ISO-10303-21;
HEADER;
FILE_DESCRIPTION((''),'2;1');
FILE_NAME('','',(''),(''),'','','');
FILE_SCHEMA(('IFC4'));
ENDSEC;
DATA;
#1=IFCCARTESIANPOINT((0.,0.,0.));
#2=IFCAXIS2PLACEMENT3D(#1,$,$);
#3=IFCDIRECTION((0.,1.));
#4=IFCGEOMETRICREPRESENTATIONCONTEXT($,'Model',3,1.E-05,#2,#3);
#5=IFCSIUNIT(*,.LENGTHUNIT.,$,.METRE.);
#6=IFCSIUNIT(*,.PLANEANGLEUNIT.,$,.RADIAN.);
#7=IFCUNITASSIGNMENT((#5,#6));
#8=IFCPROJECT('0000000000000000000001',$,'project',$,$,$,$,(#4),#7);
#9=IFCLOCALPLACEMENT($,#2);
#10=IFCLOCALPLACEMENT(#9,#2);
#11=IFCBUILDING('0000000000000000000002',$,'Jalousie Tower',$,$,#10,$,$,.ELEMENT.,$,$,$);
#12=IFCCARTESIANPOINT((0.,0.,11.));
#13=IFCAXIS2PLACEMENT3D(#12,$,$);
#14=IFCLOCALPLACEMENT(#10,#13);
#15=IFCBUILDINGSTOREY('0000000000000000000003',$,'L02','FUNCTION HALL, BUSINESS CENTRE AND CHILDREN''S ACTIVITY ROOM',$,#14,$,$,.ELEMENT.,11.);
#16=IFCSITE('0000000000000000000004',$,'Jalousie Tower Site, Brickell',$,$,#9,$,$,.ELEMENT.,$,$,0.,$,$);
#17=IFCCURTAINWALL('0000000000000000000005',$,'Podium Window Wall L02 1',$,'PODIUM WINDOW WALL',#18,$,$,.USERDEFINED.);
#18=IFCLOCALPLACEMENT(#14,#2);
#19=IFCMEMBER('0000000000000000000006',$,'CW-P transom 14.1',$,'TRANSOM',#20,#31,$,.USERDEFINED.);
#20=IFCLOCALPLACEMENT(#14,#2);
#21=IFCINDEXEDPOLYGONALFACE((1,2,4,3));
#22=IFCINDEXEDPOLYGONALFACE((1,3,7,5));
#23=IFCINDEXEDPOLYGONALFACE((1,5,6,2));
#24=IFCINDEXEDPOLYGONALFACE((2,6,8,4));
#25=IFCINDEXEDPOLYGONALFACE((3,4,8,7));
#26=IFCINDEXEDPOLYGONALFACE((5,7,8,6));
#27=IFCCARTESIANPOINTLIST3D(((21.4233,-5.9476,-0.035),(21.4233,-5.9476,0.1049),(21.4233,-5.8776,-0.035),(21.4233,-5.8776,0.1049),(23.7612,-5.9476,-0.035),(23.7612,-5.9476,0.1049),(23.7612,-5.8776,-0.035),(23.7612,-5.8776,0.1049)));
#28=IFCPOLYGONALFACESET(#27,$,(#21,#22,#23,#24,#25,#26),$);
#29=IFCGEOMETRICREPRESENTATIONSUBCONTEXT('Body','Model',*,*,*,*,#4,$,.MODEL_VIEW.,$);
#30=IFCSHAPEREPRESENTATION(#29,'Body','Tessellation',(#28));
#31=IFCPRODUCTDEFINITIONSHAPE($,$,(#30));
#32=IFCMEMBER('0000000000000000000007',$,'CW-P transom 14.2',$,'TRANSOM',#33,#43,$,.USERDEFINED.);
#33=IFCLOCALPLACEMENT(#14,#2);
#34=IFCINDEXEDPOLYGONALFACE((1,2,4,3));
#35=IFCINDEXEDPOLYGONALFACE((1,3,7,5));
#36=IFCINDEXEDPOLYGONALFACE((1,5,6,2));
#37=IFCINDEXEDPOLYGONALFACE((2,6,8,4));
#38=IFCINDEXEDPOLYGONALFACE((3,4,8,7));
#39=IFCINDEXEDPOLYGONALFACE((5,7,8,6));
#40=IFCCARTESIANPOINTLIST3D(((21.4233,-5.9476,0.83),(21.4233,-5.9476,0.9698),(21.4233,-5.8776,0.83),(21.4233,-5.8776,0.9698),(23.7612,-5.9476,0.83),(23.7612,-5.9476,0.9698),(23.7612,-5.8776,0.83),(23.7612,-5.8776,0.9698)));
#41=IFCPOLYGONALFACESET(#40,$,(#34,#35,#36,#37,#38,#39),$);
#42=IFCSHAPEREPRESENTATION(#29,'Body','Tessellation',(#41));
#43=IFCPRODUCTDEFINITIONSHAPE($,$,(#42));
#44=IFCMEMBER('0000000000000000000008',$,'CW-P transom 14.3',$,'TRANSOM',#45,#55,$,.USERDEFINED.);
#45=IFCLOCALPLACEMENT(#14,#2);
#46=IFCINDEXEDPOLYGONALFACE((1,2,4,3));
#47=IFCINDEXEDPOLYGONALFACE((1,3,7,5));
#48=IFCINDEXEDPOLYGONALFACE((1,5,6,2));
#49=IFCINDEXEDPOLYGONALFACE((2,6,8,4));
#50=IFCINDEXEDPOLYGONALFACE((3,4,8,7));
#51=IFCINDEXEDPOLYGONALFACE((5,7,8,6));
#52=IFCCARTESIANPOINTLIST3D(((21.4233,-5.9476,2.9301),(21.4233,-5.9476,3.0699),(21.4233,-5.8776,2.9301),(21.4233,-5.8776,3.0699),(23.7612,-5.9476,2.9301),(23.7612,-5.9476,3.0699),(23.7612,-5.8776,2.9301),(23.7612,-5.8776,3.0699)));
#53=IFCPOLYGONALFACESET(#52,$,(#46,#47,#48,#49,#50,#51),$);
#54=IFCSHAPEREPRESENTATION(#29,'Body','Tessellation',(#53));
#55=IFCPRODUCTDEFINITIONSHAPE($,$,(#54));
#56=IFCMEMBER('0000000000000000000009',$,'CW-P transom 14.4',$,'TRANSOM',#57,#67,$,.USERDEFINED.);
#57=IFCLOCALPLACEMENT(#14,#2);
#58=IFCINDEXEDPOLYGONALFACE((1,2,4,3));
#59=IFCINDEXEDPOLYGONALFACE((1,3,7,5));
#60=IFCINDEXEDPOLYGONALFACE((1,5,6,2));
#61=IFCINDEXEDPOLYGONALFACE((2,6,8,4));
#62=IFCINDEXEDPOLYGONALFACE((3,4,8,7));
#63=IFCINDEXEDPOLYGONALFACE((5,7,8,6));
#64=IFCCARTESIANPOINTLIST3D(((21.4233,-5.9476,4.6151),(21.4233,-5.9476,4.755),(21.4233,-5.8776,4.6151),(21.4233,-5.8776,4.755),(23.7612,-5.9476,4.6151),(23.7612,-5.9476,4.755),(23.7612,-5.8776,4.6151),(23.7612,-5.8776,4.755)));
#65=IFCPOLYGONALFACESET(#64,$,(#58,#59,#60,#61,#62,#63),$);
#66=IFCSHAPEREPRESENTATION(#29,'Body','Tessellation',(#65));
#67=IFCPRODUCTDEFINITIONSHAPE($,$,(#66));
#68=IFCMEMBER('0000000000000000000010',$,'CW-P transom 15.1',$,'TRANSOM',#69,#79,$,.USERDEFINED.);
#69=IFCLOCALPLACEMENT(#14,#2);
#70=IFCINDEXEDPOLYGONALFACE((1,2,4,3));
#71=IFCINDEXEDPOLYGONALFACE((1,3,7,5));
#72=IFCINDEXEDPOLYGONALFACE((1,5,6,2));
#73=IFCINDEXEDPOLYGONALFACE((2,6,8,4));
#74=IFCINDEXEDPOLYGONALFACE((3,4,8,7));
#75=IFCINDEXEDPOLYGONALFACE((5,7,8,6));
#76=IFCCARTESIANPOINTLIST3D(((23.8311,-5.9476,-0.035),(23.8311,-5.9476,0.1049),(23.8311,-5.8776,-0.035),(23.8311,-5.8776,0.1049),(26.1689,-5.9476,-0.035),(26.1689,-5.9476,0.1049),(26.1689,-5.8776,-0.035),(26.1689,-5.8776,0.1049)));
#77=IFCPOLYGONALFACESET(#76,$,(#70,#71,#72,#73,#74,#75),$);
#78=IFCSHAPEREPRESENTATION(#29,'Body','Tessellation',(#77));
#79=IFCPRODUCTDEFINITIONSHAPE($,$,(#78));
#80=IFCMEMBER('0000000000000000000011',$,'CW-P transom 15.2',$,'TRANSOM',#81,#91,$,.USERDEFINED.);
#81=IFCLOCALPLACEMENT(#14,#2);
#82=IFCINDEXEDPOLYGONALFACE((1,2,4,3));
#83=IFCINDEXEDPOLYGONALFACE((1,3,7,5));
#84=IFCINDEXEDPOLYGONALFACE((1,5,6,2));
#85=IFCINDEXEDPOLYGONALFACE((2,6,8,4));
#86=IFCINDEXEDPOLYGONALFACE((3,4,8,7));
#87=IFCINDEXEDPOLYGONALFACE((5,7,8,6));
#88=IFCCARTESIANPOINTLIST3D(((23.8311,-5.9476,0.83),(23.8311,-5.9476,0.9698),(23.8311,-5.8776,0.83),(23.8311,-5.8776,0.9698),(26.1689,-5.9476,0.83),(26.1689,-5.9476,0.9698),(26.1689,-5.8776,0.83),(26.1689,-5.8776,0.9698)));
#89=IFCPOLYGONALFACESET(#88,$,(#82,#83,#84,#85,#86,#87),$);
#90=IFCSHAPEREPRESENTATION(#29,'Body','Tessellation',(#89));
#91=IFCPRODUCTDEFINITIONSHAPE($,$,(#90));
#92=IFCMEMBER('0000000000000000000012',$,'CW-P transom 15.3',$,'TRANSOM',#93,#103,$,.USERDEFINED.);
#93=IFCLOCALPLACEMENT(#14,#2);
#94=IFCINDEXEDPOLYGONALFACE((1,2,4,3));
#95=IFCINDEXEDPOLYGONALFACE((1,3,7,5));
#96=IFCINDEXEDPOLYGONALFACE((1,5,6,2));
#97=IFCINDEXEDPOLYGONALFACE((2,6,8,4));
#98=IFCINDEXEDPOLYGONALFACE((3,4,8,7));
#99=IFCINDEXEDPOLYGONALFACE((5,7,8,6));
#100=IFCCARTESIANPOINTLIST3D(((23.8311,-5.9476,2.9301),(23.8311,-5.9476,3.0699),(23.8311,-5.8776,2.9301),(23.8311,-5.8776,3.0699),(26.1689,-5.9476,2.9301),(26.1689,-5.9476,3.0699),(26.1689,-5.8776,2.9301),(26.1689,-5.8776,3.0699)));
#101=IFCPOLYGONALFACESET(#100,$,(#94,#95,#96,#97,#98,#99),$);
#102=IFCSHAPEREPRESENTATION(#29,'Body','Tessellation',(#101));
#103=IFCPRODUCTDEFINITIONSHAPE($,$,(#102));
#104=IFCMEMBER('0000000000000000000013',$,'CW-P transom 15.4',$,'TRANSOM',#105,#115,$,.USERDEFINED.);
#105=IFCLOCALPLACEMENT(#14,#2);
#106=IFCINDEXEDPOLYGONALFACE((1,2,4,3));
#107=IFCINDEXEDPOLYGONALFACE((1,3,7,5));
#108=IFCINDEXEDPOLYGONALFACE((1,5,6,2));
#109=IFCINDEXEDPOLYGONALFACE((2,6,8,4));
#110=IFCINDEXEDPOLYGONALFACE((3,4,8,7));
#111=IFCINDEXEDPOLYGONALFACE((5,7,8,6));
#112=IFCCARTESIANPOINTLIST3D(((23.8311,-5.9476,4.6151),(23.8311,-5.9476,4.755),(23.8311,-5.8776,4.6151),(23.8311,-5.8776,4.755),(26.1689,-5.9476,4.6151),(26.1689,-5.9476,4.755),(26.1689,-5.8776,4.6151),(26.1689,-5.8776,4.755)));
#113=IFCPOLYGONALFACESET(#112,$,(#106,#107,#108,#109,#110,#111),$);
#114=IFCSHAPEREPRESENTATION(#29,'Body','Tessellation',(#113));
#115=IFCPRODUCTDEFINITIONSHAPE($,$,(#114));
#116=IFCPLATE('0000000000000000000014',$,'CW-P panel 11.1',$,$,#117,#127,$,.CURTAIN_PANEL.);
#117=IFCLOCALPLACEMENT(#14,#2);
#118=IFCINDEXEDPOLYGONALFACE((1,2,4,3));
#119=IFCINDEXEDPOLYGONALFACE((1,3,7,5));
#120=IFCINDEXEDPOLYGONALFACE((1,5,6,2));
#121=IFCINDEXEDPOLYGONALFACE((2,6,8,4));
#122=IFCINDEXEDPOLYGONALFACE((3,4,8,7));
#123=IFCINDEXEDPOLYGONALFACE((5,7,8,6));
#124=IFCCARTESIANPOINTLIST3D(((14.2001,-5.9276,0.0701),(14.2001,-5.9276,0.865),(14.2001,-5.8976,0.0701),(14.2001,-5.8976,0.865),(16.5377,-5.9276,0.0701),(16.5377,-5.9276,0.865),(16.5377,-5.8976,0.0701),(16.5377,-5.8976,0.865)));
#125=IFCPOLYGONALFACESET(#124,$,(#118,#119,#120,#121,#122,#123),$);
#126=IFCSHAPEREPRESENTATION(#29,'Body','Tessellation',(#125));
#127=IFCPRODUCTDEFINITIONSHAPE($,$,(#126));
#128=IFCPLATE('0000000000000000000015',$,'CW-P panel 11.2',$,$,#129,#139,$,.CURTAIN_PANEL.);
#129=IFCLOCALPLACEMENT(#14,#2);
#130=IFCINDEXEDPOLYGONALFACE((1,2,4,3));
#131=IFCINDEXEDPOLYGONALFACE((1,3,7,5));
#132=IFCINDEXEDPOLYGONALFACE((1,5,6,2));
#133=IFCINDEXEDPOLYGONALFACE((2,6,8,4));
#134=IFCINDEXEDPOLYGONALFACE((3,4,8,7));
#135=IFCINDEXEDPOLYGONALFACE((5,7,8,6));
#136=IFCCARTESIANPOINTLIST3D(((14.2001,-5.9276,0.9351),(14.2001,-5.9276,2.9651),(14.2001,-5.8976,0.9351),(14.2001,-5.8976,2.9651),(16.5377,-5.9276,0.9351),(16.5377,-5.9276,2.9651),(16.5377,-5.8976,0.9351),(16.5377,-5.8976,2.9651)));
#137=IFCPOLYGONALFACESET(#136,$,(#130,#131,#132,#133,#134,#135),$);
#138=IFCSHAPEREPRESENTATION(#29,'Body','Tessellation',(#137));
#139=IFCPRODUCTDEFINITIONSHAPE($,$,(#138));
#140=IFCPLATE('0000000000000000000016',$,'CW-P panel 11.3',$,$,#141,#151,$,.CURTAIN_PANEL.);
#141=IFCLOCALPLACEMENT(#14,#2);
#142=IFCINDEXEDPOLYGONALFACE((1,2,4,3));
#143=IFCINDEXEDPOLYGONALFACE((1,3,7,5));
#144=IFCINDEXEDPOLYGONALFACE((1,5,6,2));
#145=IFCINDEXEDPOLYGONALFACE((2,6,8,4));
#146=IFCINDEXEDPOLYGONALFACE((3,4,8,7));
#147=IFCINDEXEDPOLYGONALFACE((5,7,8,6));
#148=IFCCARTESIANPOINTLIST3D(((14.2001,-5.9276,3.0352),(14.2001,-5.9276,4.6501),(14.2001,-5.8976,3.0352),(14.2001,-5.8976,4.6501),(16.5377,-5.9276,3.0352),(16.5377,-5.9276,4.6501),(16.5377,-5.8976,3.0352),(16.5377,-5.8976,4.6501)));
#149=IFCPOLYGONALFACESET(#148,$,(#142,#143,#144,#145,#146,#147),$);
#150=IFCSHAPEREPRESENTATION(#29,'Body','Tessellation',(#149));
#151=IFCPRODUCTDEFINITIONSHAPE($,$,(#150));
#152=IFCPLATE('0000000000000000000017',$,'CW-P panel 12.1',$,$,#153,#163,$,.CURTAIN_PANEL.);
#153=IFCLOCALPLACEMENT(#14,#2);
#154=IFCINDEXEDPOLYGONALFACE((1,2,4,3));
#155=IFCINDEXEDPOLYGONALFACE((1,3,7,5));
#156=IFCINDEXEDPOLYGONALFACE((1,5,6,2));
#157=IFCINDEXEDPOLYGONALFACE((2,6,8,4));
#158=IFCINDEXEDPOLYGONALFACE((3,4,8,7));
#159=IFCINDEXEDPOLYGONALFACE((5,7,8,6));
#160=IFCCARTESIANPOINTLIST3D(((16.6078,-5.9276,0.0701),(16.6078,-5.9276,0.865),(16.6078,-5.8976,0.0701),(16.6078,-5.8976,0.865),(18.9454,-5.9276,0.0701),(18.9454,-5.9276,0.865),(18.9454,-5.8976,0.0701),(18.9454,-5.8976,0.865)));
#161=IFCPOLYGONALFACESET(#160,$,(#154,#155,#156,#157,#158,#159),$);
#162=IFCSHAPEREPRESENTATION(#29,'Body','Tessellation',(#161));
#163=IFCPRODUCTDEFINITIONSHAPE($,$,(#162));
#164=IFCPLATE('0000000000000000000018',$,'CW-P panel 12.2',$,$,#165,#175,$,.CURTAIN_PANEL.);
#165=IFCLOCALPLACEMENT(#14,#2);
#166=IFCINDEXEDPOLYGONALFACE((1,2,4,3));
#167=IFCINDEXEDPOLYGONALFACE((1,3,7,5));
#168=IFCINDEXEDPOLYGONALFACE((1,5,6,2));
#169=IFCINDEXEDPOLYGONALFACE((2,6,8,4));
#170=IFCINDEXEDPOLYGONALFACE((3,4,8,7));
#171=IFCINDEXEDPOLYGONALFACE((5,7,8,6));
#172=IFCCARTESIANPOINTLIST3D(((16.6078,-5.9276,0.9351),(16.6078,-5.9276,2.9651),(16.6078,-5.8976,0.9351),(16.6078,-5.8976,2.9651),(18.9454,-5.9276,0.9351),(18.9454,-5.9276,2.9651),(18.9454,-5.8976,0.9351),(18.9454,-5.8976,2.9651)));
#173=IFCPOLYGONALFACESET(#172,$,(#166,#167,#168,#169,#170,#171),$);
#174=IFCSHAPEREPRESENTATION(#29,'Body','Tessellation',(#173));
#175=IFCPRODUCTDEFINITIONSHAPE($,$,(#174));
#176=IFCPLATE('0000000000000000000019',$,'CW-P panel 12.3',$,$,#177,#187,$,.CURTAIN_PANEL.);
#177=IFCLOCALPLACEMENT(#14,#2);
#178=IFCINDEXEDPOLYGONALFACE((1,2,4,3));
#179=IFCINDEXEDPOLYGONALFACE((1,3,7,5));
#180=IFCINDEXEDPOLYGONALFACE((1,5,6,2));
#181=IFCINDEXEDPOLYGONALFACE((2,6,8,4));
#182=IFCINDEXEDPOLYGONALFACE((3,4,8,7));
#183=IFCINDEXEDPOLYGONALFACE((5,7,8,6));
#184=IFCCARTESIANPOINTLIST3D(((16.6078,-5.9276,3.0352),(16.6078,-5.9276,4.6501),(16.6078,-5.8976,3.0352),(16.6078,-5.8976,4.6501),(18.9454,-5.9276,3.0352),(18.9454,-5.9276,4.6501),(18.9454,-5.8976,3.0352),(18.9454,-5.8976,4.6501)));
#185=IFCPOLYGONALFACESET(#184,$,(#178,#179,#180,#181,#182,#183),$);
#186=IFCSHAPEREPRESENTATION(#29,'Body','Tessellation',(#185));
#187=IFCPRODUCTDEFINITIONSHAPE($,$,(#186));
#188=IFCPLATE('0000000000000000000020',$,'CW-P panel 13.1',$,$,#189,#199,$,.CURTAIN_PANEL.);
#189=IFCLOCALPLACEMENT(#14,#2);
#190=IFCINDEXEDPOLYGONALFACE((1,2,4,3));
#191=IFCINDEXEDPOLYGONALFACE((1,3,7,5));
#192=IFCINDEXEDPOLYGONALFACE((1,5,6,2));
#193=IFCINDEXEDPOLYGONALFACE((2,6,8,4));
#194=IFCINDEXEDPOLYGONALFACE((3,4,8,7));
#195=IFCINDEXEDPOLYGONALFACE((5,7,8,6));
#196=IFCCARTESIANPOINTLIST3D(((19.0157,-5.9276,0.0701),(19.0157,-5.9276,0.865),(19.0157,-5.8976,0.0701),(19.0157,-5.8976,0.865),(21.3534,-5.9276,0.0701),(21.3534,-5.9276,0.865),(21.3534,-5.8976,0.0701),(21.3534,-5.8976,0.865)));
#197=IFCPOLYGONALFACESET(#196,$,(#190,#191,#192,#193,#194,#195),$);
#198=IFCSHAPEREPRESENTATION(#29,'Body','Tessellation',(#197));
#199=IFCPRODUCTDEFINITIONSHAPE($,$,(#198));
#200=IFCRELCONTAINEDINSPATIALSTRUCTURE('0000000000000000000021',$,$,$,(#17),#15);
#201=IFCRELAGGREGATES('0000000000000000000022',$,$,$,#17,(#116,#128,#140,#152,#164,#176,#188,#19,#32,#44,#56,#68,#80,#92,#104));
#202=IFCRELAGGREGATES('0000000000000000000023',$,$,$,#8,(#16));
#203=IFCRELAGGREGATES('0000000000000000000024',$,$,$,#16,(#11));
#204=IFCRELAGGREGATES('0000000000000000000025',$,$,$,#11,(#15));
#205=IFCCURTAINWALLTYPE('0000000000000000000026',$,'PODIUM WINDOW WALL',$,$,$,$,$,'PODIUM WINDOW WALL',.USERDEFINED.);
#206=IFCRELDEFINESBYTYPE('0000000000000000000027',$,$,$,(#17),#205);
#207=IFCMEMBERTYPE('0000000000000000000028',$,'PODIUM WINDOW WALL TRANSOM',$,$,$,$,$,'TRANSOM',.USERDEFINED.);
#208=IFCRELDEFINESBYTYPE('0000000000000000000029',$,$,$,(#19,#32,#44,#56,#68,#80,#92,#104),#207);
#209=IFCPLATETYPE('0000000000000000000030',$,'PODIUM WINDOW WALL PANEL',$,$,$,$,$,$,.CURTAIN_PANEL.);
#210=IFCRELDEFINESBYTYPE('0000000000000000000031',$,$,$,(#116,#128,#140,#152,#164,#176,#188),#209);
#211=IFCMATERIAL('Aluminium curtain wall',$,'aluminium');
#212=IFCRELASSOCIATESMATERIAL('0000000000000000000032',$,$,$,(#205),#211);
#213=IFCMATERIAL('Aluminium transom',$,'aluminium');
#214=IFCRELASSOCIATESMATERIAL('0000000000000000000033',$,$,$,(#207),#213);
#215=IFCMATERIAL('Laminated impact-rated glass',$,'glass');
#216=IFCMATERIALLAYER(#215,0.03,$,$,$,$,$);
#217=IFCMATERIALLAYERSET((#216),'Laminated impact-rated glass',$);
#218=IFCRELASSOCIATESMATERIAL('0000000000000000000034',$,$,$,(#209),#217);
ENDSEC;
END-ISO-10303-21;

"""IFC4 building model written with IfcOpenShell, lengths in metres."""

from ifc_helpers import new_model, si_unit, direction, frame, origin, origin_2d, place, context, subcontext, project, spatial, rectangle, extrude, material, layer, layer_set, material_profile, profile_set, type_object, element, aggregate, save


model = new_model("IFC4")

# Units and contexts
model_context = context("Model", 3, precision=1e-05, world=origin(), true_north=direction((0.0, 1.0)))
body_context = subcontext(model_context, "Body", "Model", "MODEL_VIEW")
ifc_project = project(units=[si_unit("LENGTHUNIT", "METRE"), si_unit("PLANEANGLEUNIT", "RADIAN")], contexts=[model_context])

# Site, building, storey
site_placement = place(None, origin())
site = spatial("IfcSite", under=ifc_project, at=site_placement, Name="Jalousie Tower Site, Brickell", CompositionType="ELEMENT", RefElevation=0.0)
building_placement = place(site_placement, origin())
building = spatial("IfcBuilding", under=site, at=building_placement, Name="Jalousie Tower", CompositionType="ELEMENT")
storey_placement = place(building_placement, frame((0.0, 0.0, 11.0)))
storey = spatial("IfcBuildingStorey", under=building, at=storey_placement, Name="L02", Description="FUNCTION HALL, BUSINESS CENTRE AND CHILDREN'S ACTIVITY ROOM", CompositionType="ELEMENT", Elevation=11.0)

# Curtain wall, members, plates
ifc_material_1 = material(Name="Aluminium curtain wall", Category="aluminium")
curtain_wall_type = type_object("IfcCurtainWallType", Name="PODIUM WINDOW WALL", ElementType="PODIUM WINDOW WALL", PredefinedType="USERDEFINED", material=ifc_material_1)
curtain_wall_placement = place(storey_placement, origin())
curtain_wall = element("IfcCurtainWall", 1, at=curtain_wall_placement, inside=storey, type_object=curtain_wall_type, Name="Podium Window Wall L02 1", ObjectType="PODIUM WINDOW WALL", PredefinedType="USERDEFINED")
ifc_material_2 = material(Name="Aluminium transom", Category="aluminium")
ifc_material_profile_1 = material_profile(ifc_material_2, rectangle(XDim=0.0701, YDim=0.1399, at=origin_2d()), Name="TRANSOM 70x140")
ifc_profile_set_1 = profile_set([ifc_material_profile_1], Name="Aluminium transom")
member_type_1 = type_object("IfcMemberType", Name="PODIUM WINDOW WALL TRANSOM", ElementType="TRANSOM", PredefinedType="USERDEFINED", material=ifc_profile_set_1)
member_1_placement = place(storey_placement, frame((21.4233, -5.9126, 0.0349), z_axis=(1.0, 0.0, 0.0), x_axis=(0.0, 1.0, 0.0)))
member_1 = element("IfcMember", 2, at=member_1_placement, type_object=member_type_1, Name="CW-P transom 14.1", ObjectType="TRANSOM", PredefinedType="USERDEFINED", context=body_context, shape_type="SweptSolid", body=[
    extrude(rectangle(XDim=0.0701, YDim=0.1399, at=origin_2d()), origin(), (0.0, 0.0, 1.0), 2.3379),
])
member_2_placement = place(storey_placement, frame((21.4233, -5.9126, 0.8999), z_axis=(1.0, 0.0, 0.0), x_axis=(0.0, 1.0, 0.0)))
member_2 = element("IfcMember", 3, at=member_2_placement, type_object=member_type_1, Name="CW-P transom 14.2", ObjectType="TRANSOM", PredefinedType="USERDEFINED", context=body_context, shape_type="SweptSolid", body=[
    extrude(rectangle(XDim=0.0701, YDim=0.1399, at=origin_2d()), origin(), (0.0, 0.0, 1.0), 2.3379),
])
member_3_placement = place(storey_placement, frame((21.4233, -5.9126, 3.0), z_axis=(1.0, 0.0, 0.0), x_axis=(0.0, 1.0, 0.0)))
member_3 = element("IfcMember", 4, at=member_3_placement, type_object=member_type_1, Name="CW-P transom 14.3", ObjectType="TRANSOM", PredefinedType="USERDEFINED", context=body_context, shape_type="SweptSolid", body=[
    extrude(rectangle(XDim=0.0701, YDim=0.1399, at=origin_2d()), origin(), (0.0, 0.0, 1.0), 2.3379),
])
member_4_placement = place(storey_placement, frame((21.4233, -5.9126, 4.6851), z_axis=(1.0, 0.0, 0.0), x_axis=(0.0, 1.0, 0.0)))
member_4 = element("IfcMember", 5, at=member_4_placement, type_object=member_type_1, Name="CW-P transom 14.4", ObjectType="TRANSOM", PredefinedType="USERDEFINED", context=body_context, shape_type="SweptSolid", body=[
    extrude(rectangle(XDim=0.0701, YDim=0.1399, at=origin_2d()), origin(), (0.0, 0.0, 1.0), 2.3379),
])
member_5_placement = place(storey_placement, frame((23.8311, -5.9126, 0.0349), z_axis=(1.0, 0.0, 0.0), x_axis=(0.0, 1.0, 0.0)))
member_5 = element("IfcMember", 6, at=member_5_placement, type_object=member_type_1, Name="CW-P transom 15.1", ObjectType="TRANSOM", PredefinedType="USERDEFINED", context=body_context, shape_type="SweptSolid", body=[
    extrude(rectangle(XDim=0.0701, YDim=0.1399, at=origin_2d()), origin(), (0.0, 0.0, 1.0), 2.3379),
])
member_6_placement = place(storey_placement, frame((23.8311, -5.9126, 0.8999), z_axis=(1.0, 0.0, 0.0), x_axis=(0.0, 1.0, 0.0)))
member_6 = element("IfcMember", 7, at=member_6_placement, type_object=member_type_1, Name="CW-P transom 15.2", ObjectType="TRANSOM", PredefinedType="USERDEFINED", context=body_context, shape_type="SweptSolid", body=[
    extrude(rectangle(XDim=0.0701, YDim=0.1399, at=origin_2d()), origin(), (0.0, 0.0, 1.0), 2.3379),
])
member_7_placement = place(storey_placement, frame((23.8311, -5.9126, 3.0), z_axis=(1.0, 0.0, 0.0), x_axis=(0.0, 1.0, 0.0)))
member_7 = element("IfcMember", 8, at=member_7_placement, type_object=member_type_1, Name="CW-P transom 15.3", ObjectType="TRANSOM", PredefinedType="USERDEFINED", context=body_context, shape_type="SweptSolid", body=[
    extrude(rectangle(XDim=0.0701, YDim=0.1399, at=origin_2d()), origin(), (0.0, 0.0, 1.0), 2.3379),
])
member_8_placement = place(storey_placement, frame((23.8311, -5.9126, 4.6851), z_axis=(1.0, 0.0, 0.0), x_axis=(0.0, 1.0, 0.0)))
member_8 = element("IfcMember", 9, at=member_8_placement, type_object=member_type_1, Name="CW-P transom 15.4", ObjectType="TRANSOM", PredefinedType="USERDEFINED", context=body_context, shape_type="SweptSolid", body=[
    extrude(rectangle(XDim=0.0701, YDim=0.1399, at=origin_2d()), origin(), (0.0, 0.0, 1.0), 2.3379),
])
ifc_material_3 = material(Name="Laminated impact-rated glass", Category="glass")
ifc_layer = layer(ifc_material_3, 0.03)
ifc_layer_set = layer_set([ifc_layer], Name="Laminated impact-rated glass")
plate_type = type_object("IfcPlateType", Name="PODIUM WINDOW WALL PANEL", PredefinedType="CURTAIN_PANEL", material=ifc_layer_set)
plate_1_placement = place(storey_placement, frame((15.3689, -5.9126, 0.0701), z_axis=(0.0, 0.0, 1.0), x_axis=(1.0, 0.0, 0.0)))
plate_1 = element("IfcPlate", 10, at=plate_1_placement, type_object=plate_type, Name="CW-P panel 11.1", PredefinedType="CURTAIN_PANEL", context=body_context, shape_type="SweptSolid", body=[
    extrude(rectangle(XDim=2.3376, YDim=0.03, at=origin_2d()), origin(), (0.0, 0.0, 1.0), 0.7949),
])
plate_2_placement = place(storey_placement, frame((15.3689, -5.9126, 0.9351), z_axis=(0.0, 0.0, 1.0), x_axis=(1.0, 0.0, 0.0)))
plate_2 = element("IfcPlate", 11, at=plate_2_placement, type_object=plate_type, Name="CW-P panel 11.2", PredefinedType="CURTAIN_PANEL", context=body_context, shape_type="SweptSolid", body=[
    extrude(rectangle(XDim=2.3376, YDim=0.03, at=origin_2d()), origin(), (0.0, 0.0, 1.0), 2.03),
])
plate_3_placement = place(storey_placement, frame((15.3689, -5.9126, 3.0352), z_axis=(0.0, 0.0, 1.0), x_axis=(1.0, 0.0, 0.0)))
plate_3 = element("IfcPlate", 12, at=plate_3_placement, type_object=plate_type, Name="CW-P panel 11.3", PredefinedType="CURTAIN_PANEL", context=body_context, shape_type="SweptSolid", body=[
    extrude(rectangle(XDim=2.3376, YDim=0.03, at=origin_2d()), origin(), (0.0, 0.0, 1.0), 1.615),
])
plate_4_placement = place(storey_placement, frame((17.7766, -5.9126, 0.0701), z_axis=(0.0, 0.0, 1.0), x_axis=(1.0, 0.0, 0.0)))
plate_4 = element("IfcPlate", 13, at=plate_4_placement, type_object=plate_type, Name="CW-P panel 12.1", PredefinedType="CURTAIN_PANEL", context=body_context, shape_type="SweptSolid", body=[
    extrude(rectangle(XDim=2.3376, YDim=0.03, at=origin_2d()), origin(), (0.0, 0.0, 1.0), 0.7949),
])
plate_5_placement = place(storey_placement, frame((17.7766, -5.9126, 0.9351), z_axis=(0.0, 0.0, 1.0), x_axis=(1.0, 0.0, 0.0)))
plate_5 = element("IfcPlate", 14, at=plate_5_placement, type_object=plate_type, Name="CW-P panel 12.2", PredefinedType="CURTAIN_PANEL", context=body_context, shape_type="SweptSolid", body=[
    extrude(rectangle(XDim=2.3376, YDim=0.03, at=origin_2d()), origin(), (0.0, 0.0, 1.0), 2.03),
])
plate_6_placement = place(storey_placement, frame((17.7766, -5.9126, 3.0352), z_axis=(0.0, 0.0, 1.0), x_axis=(1.0, 0.0, 0.0)))
plate_6 = element("IfcPlate", 15, at=plate_6_placement, type_object=plate_type, Name="CW-P panel 12.3", PredefinedType="CURTAIN_PANEL", context=body_context, shape_type="SweptSolid", body=[
    extrude(rectangle(XDim=2.3376, YDim=0.03, at=origin_2d()), origin(), (0.0, 0.0, 1.0), 1.615),
])
plate_7_placement = place(storey_placement, frame((20.1846, -5.9126, 0.0701), z_axis=(0.0, 0.0, 1.0), x_axis=(1.0, 0.0, 0.0)))
plate_7 = element("IfcPlate", 16, at=plate_7_placement, type_object=plate_type, Name="CW-P panel 13.1", PredefinedType="CURTAIN_PANEL", context=body_context, shape_type="SweptSolid", body=[
    extrude(rectangle(XDim=2.3376, YDim=0.03, at=origin_2d()), origin(), (0.0, 0.0, 1.0), 0.7949),
])
aggregate(curtain_wall, [plate_1, plate_2, plate_3, plate_4, plate_5, plate_6, plate_7, member_1, member_2, member_3, member_4, member_5, member_6, member_7, member_8])

save(model, "model.ifc")
